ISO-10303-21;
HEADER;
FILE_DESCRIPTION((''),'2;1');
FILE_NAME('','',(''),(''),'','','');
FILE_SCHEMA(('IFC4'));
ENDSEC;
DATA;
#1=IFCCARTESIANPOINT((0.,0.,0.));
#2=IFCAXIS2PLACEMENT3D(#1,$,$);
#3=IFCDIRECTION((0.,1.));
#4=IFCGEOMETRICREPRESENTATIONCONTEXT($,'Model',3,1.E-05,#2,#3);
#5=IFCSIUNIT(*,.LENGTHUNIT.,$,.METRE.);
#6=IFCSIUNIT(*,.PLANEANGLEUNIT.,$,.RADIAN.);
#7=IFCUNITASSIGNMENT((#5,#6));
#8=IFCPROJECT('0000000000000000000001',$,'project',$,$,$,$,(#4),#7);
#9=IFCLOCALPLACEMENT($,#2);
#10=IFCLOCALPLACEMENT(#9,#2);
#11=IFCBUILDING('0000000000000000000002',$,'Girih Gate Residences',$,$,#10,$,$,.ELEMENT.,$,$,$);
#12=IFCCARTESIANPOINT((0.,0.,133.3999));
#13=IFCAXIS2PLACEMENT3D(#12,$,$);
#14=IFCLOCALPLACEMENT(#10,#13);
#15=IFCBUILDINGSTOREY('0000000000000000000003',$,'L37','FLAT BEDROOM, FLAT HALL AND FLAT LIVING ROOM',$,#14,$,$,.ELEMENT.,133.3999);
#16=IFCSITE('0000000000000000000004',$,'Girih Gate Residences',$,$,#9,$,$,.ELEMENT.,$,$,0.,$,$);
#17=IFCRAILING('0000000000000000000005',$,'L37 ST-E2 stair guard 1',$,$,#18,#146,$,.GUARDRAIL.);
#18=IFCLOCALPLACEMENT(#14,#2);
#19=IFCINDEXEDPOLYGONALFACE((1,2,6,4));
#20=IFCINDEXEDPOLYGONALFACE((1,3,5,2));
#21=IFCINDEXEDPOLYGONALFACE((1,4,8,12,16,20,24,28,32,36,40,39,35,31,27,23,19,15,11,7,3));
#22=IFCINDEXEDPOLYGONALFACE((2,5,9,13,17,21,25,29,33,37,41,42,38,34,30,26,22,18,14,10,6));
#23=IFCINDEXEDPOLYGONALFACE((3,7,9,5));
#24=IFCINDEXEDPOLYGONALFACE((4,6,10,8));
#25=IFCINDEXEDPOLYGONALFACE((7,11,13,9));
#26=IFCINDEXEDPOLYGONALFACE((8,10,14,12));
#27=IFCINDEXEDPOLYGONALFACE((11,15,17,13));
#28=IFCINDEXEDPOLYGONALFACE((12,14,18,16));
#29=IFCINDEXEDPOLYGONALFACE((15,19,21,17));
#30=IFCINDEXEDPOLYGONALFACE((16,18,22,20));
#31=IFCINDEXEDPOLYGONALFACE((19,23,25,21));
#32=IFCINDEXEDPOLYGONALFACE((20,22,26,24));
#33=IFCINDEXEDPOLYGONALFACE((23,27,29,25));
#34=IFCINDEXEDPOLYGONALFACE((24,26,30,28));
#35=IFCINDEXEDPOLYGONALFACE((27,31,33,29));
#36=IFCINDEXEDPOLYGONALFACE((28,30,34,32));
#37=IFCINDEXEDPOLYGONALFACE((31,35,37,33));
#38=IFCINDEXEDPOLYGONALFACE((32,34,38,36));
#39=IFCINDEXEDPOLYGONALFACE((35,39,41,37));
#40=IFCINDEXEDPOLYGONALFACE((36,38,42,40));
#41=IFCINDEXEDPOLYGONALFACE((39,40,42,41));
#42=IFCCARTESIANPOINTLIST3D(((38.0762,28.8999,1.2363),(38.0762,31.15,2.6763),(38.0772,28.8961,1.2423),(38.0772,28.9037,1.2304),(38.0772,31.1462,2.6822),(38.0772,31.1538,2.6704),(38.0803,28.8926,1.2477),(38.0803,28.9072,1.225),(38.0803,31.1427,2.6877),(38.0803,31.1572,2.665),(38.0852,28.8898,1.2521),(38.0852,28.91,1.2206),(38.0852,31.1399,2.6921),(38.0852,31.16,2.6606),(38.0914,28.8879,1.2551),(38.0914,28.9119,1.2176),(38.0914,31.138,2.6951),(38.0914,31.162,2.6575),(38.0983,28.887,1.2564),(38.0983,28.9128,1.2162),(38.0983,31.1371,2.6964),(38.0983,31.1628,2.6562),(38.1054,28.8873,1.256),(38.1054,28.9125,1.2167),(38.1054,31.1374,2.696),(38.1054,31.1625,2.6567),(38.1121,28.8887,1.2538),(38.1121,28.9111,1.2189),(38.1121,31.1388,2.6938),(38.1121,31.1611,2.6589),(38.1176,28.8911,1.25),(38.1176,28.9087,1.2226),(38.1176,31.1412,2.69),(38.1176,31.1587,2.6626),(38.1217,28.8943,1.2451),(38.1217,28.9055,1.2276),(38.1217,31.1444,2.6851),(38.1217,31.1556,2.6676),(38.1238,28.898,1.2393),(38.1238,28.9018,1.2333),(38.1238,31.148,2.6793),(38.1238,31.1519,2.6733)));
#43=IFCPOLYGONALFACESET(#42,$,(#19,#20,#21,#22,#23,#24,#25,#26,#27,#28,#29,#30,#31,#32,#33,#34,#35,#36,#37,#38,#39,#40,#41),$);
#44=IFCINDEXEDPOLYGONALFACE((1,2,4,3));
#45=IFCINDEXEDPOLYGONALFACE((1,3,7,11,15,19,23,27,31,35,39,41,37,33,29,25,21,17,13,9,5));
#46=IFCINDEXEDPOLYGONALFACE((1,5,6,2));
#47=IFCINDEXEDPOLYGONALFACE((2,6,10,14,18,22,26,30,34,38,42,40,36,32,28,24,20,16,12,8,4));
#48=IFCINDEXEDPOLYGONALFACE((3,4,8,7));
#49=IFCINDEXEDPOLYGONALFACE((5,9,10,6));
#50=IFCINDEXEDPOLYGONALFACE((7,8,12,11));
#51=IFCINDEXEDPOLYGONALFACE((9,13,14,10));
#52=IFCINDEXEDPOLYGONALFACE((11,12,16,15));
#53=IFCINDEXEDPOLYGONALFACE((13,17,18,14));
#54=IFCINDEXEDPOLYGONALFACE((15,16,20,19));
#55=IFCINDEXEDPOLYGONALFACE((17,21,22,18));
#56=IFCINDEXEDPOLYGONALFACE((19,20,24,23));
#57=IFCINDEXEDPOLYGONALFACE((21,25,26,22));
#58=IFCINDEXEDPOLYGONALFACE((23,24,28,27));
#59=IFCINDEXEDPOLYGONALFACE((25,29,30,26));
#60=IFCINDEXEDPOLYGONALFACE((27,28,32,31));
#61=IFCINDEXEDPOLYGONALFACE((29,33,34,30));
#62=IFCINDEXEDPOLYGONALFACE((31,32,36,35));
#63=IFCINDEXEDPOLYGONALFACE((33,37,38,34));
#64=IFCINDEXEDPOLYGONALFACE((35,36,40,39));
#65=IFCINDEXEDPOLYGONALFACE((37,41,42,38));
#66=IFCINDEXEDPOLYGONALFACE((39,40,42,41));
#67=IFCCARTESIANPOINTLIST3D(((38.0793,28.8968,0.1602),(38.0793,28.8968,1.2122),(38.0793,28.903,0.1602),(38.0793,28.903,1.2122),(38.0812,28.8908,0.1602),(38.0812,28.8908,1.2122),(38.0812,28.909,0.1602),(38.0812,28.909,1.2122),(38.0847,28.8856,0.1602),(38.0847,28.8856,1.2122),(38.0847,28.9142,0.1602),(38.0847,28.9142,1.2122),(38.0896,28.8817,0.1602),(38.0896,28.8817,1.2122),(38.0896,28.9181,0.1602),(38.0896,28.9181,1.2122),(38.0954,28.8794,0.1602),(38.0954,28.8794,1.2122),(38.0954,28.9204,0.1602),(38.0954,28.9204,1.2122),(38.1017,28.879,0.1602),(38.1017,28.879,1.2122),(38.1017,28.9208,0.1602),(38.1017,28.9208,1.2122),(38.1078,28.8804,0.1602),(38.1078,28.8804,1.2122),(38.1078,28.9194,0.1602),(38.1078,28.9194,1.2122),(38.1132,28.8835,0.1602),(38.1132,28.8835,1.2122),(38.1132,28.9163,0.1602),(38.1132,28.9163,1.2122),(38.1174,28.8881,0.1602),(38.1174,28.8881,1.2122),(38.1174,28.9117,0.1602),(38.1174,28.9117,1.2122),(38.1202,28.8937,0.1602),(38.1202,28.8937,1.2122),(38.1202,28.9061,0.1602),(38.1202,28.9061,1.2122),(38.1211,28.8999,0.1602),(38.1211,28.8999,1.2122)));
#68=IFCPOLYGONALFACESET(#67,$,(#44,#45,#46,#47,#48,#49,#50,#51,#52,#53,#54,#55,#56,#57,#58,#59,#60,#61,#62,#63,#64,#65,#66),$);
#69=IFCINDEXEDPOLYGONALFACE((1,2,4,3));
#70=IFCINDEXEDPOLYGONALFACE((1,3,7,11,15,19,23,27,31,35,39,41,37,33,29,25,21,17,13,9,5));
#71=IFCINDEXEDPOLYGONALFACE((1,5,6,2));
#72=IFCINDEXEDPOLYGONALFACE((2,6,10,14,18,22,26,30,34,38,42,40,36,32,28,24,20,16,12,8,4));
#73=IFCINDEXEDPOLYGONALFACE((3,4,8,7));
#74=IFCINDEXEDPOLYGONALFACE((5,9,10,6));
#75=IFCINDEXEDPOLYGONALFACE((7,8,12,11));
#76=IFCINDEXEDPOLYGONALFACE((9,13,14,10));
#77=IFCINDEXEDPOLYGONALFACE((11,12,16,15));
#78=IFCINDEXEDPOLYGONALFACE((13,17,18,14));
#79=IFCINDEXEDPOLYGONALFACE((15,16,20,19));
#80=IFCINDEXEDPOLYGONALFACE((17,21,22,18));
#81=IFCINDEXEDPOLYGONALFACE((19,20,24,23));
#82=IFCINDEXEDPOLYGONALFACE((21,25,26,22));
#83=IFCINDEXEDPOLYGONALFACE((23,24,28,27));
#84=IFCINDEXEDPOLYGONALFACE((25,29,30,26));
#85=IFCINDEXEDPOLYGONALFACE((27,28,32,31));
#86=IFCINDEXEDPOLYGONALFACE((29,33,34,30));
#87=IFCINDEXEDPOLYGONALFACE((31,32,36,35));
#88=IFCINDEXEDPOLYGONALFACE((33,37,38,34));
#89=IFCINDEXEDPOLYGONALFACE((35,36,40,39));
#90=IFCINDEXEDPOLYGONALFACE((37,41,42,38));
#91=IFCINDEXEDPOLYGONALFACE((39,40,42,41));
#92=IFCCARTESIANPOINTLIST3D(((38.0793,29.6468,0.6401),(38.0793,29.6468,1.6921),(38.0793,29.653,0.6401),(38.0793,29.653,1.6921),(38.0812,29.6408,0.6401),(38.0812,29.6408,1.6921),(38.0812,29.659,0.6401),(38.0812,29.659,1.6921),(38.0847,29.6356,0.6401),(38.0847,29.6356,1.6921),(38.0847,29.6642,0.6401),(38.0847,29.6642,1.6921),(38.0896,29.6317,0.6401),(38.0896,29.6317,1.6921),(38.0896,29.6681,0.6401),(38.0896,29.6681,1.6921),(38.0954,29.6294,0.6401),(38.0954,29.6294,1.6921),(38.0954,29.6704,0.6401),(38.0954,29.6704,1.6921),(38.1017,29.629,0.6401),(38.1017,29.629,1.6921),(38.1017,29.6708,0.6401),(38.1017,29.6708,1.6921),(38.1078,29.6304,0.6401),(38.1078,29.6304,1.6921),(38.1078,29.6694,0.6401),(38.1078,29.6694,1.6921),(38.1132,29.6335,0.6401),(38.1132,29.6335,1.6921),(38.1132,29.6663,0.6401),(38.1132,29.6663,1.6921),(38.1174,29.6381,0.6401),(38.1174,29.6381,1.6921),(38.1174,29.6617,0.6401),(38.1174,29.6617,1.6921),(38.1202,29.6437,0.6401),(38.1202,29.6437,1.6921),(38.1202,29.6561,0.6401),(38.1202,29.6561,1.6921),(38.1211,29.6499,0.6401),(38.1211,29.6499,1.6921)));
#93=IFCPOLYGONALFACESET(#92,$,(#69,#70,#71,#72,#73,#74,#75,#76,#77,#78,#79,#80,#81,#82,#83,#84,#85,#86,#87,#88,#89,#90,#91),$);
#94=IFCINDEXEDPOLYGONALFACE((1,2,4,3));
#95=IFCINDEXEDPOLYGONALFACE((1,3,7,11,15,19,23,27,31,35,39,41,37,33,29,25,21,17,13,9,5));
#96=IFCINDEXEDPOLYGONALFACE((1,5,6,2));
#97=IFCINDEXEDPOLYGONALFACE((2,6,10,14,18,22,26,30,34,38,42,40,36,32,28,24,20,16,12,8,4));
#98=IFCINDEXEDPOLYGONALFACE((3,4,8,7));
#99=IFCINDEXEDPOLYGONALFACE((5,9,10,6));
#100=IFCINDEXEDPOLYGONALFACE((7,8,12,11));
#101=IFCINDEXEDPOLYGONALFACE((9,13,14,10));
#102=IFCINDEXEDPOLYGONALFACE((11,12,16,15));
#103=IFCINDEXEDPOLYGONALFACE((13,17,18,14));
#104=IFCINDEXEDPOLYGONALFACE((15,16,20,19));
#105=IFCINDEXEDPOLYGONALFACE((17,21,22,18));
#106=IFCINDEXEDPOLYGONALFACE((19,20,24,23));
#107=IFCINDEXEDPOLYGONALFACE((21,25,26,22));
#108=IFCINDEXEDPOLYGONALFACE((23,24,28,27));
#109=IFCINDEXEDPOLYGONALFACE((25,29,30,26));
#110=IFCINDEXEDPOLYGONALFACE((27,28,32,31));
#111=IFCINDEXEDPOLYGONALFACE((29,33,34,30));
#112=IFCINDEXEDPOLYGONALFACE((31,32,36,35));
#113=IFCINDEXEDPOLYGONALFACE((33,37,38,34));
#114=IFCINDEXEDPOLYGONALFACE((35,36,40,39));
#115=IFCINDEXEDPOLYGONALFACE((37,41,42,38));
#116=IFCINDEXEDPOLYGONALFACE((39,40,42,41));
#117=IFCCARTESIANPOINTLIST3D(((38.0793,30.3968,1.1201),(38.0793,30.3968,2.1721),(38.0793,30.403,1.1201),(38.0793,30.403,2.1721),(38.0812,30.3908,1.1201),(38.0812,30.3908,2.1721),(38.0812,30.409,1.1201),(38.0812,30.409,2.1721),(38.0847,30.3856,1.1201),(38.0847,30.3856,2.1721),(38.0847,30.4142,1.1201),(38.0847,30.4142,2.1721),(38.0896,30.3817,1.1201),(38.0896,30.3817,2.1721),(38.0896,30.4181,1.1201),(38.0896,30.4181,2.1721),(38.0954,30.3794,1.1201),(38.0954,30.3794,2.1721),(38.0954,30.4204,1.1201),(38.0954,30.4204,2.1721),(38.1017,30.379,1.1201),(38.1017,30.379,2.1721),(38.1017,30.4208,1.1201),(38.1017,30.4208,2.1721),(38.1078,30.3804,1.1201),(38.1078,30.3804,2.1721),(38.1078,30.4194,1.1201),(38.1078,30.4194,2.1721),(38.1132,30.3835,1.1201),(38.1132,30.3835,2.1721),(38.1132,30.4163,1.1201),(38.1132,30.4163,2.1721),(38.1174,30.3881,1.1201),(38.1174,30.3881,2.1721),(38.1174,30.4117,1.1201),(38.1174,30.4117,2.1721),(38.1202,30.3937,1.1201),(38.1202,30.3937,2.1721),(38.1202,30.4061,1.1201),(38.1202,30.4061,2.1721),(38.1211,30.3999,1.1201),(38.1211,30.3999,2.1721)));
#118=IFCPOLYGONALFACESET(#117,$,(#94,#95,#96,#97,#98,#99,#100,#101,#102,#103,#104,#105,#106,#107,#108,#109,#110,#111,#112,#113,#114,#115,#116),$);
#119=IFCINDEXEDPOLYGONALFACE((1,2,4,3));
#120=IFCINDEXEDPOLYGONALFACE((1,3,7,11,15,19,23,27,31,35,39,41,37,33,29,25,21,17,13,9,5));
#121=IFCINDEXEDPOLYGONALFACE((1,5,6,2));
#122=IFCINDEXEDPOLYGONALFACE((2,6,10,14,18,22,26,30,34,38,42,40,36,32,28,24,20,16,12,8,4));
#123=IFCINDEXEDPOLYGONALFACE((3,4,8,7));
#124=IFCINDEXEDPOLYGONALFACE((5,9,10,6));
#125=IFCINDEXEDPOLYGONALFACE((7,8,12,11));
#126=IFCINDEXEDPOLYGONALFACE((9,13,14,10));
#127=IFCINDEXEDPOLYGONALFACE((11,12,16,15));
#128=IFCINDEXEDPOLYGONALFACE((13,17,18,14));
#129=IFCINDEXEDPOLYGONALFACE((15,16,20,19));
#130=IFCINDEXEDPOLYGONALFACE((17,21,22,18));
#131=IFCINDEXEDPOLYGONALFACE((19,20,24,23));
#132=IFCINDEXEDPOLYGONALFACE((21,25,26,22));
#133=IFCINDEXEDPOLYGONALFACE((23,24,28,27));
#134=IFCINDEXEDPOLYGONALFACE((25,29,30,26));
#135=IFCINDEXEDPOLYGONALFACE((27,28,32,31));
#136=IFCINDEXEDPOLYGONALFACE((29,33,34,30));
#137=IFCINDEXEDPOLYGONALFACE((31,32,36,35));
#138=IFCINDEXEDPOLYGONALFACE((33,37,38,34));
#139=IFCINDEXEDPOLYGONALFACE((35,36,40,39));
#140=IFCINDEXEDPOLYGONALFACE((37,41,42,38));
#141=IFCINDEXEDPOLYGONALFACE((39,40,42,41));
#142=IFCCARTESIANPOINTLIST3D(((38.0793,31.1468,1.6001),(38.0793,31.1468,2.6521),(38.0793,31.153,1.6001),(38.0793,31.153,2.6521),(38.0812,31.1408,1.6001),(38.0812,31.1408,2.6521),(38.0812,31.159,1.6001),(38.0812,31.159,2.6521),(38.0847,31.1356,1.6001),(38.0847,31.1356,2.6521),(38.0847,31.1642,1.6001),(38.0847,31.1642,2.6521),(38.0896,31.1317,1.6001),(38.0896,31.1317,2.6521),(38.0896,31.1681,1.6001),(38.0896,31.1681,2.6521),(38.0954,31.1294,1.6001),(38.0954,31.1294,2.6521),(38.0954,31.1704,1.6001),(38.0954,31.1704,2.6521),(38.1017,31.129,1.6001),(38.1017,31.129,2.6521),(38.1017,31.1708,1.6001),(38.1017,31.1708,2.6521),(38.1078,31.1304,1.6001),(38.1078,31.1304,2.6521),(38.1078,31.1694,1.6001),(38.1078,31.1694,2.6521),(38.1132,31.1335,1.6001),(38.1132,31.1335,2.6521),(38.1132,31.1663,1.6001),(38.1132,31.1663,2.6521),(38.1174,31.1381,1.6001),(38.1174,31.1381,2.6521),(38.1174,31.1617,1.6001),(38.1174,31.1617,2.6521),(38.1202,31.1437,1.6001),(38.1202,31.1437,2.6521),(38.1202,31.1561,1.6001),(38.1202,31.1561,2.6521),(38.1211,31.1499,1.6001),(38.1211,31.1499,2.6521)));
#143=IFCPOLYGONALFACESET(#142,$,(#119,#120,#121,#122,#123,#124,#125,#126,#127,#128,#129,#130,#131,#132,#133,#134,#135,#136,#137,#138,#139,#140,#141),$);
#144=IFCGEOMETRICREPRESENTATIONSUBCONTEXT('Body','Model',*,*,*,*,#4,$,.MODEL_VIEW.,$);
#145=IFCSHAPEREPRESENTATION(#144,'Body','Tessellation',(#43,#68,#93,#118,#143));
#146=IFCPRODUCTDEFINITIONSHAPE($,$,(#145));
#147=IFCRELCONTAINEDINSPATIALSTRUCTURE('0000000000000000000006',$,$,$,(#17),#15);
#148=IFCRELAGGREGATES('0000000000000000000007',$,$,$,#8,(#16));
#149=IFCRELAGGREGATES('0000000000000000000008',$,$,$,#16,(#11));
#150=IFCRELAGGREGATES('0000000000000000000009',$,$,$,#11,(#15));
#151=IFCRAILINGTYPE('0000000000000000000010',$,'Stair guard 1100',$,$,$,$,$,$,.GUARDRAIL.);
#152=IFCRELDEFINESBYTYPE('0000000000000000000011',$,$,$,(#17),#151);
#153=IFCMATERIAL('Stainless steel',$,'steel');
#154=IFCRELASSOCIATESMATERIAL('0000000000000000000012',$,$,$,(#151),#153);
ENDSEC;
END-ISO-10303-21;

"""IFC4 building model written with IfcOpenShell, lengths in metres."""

from ifc_helpers import new_model, si_unit, direction, frame, origin, origin_2d, place, context, subcontext, project, spatial, circle, extrude, material, type_object, element, save


model = new_model("IFC4")

# Units and contexts
model_context = context("Model", 3, precision=1e-05, world=origin(), true_north=direction((0.0, 1.0)))
body_context = subcontext(model_context, "Body", "Model", "MODEL_VIEW")
ifc_project = project(units=[si_unit("LENGTHUNIT", "METRE"), si_unit("PLANEANGLEUNIT", "RADIAN")], contexts=[model_context])

# Site, building, storey
site_placement = place(None, origin())
site = spatial("IfcSite", under=ifc_project, at=site_placement, Name="Girih Gate Residences", CompositionType="ELEMENT", RefElevation=0.0)
building_placement = place(site_placement, origin())
building = spatial("IfcBuilding", under=site, at=building_placement, Name="Girih Gate Residences", CompositionType="ELEMENT")
storey_placement = place(building_placement, frame((0.0, 0.0, 133.3999)))
storey = spatial("IfcBuildingStorey", under=building, at=storey_placement, Name="L37", Description="FLAT BEDROOM, FLAT HALL AND FLAT LIVING ROOM", CompositionType="ELEMENT", Elevation=133.3999)

# Railing
ifc_material_1 = material(Name="Stainless steel", Category="steel")
railing_type = type_object("IfcRailingType", Name="Stair guard 1100", PredefinedType="GUARDRAIL", material=ifc_material_1)
railing_placement = place(storey_placement, frame((38.1001, 28.8999, 0.1602)))
element("IfcRailing", 1, at=railing_placement, inside=storey, type_object=railing_type, Name="L37 ST-E2 stair guard 1", PredefinedType="GUARDRAIL", context=body_context, shape_type="SweptSolid", body=[
    extrude(circle(Radius=0.0239, at=origin_2d()), frame((0.0, 0.0, 1.0762), z_axis=(0.0, 0.842281, 0.539038), x_axis=(-1.0, 0.0, 0.0)), (0.0, 0.0, 1.0), 2.6714),
    extrude(circle(Radius=0.021, at=origin_2d()), origin(), (0.0, 0.0, 1.0), 1.052),
    extrude(circle(Radius=0.021, at=origin_2d()), frame((0.0, 0.75, 0.48)), (0.0, 0.0, 1.0), 1.052),
    extrude(circle(Radius=0.021, at=origin_2d()), frame((0.0, 1.5, 0.96)), (0.0, 0.0, 1.0), 1.052),
    extrude(circle(Radius=0.021, at=origin_2d()), frame((0.0, 2.25, 1.4399)), (0.0, 0.0, 1.0), 1.052),
])

save(model, "model.ifc")
